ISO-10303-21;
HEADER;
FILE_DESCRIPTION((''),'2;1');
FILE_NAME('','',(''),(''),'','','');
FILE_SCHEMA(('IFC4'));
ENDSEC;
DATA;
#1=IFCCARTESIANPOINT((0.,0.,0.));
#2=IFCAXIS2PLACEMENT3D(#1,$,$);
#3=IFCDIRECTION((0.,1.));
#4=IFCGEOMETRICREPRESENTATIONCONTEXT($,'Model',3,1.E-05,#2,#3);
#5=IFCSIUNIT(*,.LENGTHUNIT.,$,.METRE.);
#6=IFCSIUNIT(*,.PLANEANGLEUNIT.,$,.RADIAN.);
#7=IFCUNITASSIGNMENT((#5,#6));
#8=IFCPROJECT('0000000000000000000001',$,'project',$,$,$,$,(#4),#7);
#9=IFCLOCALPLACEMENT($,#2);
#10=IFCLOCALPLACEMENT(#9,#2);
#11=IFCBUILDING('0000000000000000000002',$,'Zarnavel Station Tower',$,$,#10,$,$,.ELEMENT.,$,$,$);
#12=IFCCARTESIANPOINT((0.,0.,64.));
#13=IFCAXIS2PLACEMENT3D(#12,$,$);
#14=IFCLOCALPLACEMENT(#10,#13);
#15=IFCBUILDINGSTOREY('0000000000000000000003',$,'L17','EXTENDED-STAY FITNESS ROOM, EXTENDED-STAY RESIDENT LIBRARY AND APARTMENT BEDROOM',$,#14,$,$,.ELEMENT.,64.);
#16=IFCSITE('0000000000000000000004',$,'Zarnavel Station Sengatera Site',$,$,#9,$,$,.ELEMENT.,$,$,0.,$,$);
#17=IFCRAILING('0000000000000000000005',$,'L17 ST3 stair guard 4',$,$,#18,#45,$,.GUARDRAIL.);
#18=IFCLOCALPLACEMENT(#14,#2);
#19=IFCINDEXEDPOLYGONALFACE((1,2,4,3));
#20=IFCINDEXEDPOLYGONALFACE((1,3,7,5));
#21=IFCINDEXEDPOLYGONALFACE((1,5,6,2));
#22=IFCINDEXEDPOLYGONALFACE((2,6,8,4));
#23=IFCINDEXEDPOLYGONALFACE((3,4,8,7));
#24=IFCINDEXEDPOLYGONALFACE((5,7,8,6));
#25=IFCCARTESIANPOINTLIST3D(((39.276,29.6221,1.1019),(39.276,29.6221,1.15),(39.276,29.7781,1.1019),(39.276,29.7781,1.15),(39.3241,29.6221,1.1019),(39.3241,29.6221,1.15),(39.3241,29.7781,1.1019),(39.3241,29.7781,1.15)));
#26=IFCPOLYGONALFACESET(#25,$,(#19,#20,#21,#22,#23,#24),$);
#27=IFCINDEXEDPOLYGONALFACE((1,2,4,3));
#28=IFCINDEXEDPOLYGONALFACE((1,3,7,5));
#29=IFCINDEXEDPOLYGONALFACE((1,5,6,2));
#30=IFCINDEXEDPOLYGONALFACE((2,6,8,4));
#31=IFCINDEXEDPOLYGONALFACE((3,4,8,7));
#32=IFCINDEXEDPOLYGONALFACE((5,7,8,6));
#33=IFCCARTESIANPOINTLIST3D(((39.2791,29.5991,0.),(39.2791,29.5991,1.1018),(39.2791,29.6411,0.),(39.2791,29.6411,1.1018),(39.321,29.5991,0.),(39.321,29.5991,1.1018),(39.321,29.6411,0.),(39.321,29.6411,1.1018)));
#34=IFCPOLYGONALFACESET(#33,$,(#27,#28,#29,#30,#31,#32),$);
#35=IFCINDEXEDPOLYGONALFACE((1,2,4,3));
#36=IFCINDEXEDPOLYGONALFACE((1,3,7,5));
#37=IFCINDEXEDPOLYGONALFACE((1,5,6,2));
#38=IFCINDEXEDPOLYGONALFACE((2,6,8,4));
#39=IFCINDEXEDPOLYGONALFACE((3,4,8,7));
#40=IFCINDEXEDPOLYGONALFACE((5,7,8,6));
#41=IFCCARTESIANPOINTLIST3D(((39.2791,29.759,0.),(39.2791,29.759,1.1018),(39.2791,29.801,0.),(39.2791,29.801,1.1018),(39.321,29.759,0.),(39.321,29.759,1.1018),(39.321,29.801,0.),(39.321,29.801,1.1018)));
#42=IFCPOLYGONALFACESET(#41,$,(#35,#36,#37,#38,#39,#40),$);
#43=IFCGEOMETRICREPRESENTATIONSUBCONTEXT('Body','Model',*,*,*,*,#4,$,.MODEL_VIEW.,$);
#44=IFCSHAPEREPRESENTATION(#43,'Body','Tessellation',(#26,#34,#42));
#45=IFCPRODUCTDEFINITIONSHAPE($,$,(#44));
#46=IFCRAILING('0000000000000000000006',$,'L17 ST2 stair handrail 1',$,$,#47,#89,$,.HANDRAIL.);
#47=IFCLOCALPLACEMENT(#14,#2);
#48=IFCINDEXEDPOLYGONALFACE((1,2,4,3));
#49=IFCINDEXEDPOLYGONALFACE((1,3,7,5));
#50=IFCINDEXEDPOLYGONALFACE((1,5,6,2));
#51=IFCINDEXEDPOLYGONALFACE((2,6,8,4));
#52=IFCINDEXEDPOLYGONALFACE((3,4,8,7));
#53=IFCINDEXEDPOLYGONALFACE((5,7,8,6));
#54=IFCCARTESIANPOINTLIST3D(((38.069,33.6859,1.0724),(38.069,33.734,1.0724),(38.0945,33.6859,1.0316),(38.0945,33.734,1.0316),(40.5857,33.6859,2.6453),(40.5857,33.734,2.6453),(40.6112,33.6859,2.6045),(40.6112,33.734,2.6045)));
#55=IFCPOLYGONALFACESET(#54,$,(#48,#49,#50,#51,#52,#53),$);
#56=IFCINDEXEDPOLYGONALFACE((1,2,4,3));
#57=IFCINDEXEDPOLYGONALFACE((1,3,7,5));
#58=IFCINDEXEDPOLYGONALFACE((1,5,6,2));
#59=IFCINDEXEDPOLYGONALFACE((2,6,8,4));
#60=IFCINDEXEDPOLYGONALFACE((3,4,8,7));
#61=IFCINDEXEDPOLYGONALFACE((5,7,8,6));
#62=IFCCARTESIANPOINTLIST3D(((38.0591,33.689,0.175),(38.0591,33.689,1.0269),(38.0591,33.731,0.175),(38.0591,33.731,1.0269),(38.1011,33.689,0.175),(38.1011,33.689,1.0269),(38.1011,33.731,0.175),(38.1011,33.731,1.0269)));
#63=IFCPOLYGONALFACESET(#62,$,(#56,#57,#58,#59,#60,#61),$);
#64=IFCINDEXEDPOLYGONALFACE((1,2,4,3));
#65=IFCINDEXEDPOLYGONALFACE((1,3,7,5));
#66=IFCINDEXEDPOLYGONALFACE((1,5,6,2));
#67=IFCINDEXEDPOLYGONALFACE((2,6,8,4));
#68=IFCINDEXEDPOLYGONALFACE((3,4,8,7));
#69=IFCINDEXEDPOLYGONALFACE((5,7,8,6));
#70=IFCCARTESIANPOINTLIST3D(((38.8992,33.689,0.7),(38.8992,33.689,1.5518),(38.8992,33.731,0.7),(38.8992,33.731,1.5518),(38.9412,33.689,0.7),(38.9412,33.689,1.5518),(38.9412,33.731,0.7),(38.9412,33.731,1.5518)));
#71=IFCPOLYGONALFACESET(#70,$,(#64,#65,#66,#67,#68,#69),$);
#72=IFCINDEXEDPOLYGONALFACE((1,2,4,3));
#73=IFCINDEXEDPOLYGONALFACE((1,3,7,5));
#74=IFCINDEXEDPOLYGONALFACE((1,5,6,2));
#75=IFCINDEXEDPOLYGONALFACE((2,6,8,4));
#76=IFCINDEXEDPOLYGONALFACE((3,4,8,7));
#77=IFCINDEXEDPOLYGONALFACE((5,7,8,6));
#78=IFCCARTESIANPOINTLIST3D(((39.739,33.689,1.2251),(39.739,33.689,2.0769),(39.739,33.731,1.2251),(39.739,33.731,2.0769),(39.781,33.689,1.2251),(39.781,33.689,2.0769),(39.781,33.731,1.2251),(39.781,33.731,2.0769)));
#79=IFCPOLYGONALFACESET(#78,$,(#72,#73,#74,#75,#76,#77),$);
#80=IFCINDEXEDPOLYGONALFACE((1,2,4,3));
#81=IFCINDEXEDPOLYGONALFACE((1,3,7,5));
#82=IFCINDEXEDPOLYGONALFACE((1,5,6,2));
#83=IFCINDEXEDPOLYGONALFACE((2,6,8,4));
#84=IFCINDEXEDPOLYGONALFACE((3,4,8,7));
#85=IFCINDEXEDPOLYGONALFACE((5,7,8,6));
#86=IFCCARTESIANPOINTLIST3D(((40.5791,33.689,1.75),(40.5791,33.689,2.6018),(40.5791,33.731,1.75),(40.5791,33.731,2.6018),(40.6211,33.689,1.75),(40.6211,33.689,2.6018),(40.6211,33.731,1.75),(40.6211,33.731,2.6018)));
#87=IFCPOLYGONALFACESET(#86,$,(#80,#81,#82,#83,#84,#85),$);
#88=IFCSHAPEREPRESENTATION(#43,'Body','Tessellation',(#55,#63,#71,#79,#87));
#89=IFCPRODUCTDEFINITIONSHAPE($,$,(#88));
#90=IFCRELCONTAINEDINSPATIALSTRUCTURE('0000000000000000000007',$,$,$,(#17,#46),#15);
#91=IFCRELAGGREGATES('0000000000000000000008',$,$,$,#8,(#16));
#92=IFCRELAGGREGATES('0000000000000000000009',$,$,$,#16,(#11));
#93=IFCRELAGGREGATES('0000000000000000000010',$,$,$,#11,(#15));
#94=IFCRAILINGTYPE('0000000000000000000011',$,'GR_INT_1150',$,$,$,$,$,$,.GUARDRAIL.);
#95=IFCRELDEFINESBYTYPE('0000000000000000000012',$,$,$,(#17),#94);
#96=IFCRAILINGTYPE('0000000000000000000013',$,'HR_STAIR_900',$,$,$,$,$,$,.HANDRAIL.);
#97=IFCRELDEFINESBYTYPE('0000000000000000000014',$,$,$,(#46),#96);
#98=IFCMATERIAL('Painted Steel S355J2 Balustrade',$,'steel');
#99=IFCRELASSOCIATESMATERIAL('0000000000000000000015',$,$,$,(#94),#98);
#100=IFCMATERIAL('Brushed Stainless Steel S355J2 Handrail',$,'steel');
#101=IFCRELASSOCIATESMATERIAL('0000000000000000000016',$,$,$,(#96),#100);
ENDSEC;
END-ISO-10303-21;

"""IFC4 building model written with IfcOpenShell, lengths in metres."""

from ifc_helpers import new_model, si_unit, direction, frame, origin, origin_2d, place, context, subcontext, project, spatial, rectangle, extrude, material, type_object, element, save


model = new_model("IFC4")

# Units and contexts
model_context = context("Model", 3, precision=1e-05, world=origin(), true_north=direction((0.0, 1.0)))
body_context = subcontext(model_context, "Body", "Model", "MODEL_VIEW")
ifc_project = project(units=[si_unit("LENGTHUNIT", "METRE"), si_unit("PLANEANGLEUNIT", "RADIAN")], contexts=[model_context])

# Site, building, storey
site_placement = place(None, origin())
site = spatial("IfcSite", under=ifc_project, at=site_placement, Name="Zarnavel Station Sengatera Site", CompositionType="ELEMENT", RefElevation=0.0)
building_placement = place(site_placement, origin())
building = spatial("IfcBuilding", under=site, at=building_placement, Name="Zarnavel Station Tower", CompositionType="ELEMENT")
storey_placement = place(building_placement, frame((0.0, 0.0, 64.0)))
storey = spatial("IfcBuildingStorey", under=building, at=storey_placement, Name="L17", Description="EXTENDED-STAY FITNESS ROOM, EXTENDED-STAY RESIDENT LIBRARY AND APARTMENT BEDROOM", CompositionType="ELEMENT", Elevation=64.0)

# Railings
ifc_material_1 = material(Name="Painted Steel S355J2 Balustrade", Category="steel")
railing_type_1 = type_object("IfcRailingType", Name="GR_INT_1150", PredefinedType="GUARDRAIL", material=ifc_material_1)
railing_1_placement = place(storey_placement, frame((39.3, 29.6201, 0.0)))
element("IfcRailing", 1, at=railing_1_placement, inside=storey, type_object=railing_type_1, Name="L17 ST3 stair guard 4", PredefinedType="GUARDRAIL", context=body_context, shape_type="SweptSolid", body=[
    extrude(rectangle(XDim=0.0481, YDim=0.0481, at=origin_2d()), frame((0.0, 0.002, 1.126), z_axis=(0.0, 1.0, 0.0), x_axis=(-1.0, 0.0, 0.0)), (0.0, 0.0, 1.0), 0.156),
    extrude(rectangle(XDim=0.042, YDim=0.042, at=origin_2d()), origin(), (0.0, 0.0, 1.0), 1.1018),
    extrude(rectangle(XDim=0.042, YDim=0.042, at=origin_2d()), frame((0.0, 0.1599, 0.0)), (0.0, 0.0, 1.0), 1.1018),
])
ifc_material_2 = material(Name="Brushed Stainless Steel S355J2 Handrail", Category="steel")
railing_type_2 = type_object("IfcRailingType", Name="HR_STAIR_900", PredefinedType="HANDRAIL", material=ifc_material_2)
railing_2_placement = place(storey_placement, frame((38.0801, 33.71, 0.175)))
element("IfcRailing", 2, at=railing_2_placement, inside=storey, type_object=railing_type_2, Name="L17 ST2 stair handrail 1", PredefinedType="HANDRAIL", context=body_context, shape_type="SweptSolid", body=[
    extrude(rectangle(XDim=0.0481, YDim=0.0481, at=origin_2d()), frame((0.0017, 0.0, 0.877), z_axis=(0.848008, 0.0, 0.529984), x_axis=(0.0, 1.0, 0.0)), (0.0, 0.0, 1.0), 2.9678),
    extrude(rectangle(XDim=0.042, YDim=0.042, at=origin_2d()), origin(), (0.0, 0.0, 1.0), 0.8518),
    extrude(rectangle(XDim=0.042, YDim=0.042, at=origin_2d()), frame((0.8401, 0.0, 0.5249)), (0.0, 0.0, 1.0), 0.8518),
    extrude(rectangle(XDim=0.042, YDim=0.042, at=origin_2d()), frame((1.6799, 0.0, 1.05)), (0.0, 0.0, 1.0), 0.8518),
    extrude(rectangle(XDim=0.042, YDim=0.042, at=origin_2d()), frame((2.52, 0.0, 1.575)), (0.0, 0.0, 1.0), 0.8518),
])

save(model, "model.ifc")
